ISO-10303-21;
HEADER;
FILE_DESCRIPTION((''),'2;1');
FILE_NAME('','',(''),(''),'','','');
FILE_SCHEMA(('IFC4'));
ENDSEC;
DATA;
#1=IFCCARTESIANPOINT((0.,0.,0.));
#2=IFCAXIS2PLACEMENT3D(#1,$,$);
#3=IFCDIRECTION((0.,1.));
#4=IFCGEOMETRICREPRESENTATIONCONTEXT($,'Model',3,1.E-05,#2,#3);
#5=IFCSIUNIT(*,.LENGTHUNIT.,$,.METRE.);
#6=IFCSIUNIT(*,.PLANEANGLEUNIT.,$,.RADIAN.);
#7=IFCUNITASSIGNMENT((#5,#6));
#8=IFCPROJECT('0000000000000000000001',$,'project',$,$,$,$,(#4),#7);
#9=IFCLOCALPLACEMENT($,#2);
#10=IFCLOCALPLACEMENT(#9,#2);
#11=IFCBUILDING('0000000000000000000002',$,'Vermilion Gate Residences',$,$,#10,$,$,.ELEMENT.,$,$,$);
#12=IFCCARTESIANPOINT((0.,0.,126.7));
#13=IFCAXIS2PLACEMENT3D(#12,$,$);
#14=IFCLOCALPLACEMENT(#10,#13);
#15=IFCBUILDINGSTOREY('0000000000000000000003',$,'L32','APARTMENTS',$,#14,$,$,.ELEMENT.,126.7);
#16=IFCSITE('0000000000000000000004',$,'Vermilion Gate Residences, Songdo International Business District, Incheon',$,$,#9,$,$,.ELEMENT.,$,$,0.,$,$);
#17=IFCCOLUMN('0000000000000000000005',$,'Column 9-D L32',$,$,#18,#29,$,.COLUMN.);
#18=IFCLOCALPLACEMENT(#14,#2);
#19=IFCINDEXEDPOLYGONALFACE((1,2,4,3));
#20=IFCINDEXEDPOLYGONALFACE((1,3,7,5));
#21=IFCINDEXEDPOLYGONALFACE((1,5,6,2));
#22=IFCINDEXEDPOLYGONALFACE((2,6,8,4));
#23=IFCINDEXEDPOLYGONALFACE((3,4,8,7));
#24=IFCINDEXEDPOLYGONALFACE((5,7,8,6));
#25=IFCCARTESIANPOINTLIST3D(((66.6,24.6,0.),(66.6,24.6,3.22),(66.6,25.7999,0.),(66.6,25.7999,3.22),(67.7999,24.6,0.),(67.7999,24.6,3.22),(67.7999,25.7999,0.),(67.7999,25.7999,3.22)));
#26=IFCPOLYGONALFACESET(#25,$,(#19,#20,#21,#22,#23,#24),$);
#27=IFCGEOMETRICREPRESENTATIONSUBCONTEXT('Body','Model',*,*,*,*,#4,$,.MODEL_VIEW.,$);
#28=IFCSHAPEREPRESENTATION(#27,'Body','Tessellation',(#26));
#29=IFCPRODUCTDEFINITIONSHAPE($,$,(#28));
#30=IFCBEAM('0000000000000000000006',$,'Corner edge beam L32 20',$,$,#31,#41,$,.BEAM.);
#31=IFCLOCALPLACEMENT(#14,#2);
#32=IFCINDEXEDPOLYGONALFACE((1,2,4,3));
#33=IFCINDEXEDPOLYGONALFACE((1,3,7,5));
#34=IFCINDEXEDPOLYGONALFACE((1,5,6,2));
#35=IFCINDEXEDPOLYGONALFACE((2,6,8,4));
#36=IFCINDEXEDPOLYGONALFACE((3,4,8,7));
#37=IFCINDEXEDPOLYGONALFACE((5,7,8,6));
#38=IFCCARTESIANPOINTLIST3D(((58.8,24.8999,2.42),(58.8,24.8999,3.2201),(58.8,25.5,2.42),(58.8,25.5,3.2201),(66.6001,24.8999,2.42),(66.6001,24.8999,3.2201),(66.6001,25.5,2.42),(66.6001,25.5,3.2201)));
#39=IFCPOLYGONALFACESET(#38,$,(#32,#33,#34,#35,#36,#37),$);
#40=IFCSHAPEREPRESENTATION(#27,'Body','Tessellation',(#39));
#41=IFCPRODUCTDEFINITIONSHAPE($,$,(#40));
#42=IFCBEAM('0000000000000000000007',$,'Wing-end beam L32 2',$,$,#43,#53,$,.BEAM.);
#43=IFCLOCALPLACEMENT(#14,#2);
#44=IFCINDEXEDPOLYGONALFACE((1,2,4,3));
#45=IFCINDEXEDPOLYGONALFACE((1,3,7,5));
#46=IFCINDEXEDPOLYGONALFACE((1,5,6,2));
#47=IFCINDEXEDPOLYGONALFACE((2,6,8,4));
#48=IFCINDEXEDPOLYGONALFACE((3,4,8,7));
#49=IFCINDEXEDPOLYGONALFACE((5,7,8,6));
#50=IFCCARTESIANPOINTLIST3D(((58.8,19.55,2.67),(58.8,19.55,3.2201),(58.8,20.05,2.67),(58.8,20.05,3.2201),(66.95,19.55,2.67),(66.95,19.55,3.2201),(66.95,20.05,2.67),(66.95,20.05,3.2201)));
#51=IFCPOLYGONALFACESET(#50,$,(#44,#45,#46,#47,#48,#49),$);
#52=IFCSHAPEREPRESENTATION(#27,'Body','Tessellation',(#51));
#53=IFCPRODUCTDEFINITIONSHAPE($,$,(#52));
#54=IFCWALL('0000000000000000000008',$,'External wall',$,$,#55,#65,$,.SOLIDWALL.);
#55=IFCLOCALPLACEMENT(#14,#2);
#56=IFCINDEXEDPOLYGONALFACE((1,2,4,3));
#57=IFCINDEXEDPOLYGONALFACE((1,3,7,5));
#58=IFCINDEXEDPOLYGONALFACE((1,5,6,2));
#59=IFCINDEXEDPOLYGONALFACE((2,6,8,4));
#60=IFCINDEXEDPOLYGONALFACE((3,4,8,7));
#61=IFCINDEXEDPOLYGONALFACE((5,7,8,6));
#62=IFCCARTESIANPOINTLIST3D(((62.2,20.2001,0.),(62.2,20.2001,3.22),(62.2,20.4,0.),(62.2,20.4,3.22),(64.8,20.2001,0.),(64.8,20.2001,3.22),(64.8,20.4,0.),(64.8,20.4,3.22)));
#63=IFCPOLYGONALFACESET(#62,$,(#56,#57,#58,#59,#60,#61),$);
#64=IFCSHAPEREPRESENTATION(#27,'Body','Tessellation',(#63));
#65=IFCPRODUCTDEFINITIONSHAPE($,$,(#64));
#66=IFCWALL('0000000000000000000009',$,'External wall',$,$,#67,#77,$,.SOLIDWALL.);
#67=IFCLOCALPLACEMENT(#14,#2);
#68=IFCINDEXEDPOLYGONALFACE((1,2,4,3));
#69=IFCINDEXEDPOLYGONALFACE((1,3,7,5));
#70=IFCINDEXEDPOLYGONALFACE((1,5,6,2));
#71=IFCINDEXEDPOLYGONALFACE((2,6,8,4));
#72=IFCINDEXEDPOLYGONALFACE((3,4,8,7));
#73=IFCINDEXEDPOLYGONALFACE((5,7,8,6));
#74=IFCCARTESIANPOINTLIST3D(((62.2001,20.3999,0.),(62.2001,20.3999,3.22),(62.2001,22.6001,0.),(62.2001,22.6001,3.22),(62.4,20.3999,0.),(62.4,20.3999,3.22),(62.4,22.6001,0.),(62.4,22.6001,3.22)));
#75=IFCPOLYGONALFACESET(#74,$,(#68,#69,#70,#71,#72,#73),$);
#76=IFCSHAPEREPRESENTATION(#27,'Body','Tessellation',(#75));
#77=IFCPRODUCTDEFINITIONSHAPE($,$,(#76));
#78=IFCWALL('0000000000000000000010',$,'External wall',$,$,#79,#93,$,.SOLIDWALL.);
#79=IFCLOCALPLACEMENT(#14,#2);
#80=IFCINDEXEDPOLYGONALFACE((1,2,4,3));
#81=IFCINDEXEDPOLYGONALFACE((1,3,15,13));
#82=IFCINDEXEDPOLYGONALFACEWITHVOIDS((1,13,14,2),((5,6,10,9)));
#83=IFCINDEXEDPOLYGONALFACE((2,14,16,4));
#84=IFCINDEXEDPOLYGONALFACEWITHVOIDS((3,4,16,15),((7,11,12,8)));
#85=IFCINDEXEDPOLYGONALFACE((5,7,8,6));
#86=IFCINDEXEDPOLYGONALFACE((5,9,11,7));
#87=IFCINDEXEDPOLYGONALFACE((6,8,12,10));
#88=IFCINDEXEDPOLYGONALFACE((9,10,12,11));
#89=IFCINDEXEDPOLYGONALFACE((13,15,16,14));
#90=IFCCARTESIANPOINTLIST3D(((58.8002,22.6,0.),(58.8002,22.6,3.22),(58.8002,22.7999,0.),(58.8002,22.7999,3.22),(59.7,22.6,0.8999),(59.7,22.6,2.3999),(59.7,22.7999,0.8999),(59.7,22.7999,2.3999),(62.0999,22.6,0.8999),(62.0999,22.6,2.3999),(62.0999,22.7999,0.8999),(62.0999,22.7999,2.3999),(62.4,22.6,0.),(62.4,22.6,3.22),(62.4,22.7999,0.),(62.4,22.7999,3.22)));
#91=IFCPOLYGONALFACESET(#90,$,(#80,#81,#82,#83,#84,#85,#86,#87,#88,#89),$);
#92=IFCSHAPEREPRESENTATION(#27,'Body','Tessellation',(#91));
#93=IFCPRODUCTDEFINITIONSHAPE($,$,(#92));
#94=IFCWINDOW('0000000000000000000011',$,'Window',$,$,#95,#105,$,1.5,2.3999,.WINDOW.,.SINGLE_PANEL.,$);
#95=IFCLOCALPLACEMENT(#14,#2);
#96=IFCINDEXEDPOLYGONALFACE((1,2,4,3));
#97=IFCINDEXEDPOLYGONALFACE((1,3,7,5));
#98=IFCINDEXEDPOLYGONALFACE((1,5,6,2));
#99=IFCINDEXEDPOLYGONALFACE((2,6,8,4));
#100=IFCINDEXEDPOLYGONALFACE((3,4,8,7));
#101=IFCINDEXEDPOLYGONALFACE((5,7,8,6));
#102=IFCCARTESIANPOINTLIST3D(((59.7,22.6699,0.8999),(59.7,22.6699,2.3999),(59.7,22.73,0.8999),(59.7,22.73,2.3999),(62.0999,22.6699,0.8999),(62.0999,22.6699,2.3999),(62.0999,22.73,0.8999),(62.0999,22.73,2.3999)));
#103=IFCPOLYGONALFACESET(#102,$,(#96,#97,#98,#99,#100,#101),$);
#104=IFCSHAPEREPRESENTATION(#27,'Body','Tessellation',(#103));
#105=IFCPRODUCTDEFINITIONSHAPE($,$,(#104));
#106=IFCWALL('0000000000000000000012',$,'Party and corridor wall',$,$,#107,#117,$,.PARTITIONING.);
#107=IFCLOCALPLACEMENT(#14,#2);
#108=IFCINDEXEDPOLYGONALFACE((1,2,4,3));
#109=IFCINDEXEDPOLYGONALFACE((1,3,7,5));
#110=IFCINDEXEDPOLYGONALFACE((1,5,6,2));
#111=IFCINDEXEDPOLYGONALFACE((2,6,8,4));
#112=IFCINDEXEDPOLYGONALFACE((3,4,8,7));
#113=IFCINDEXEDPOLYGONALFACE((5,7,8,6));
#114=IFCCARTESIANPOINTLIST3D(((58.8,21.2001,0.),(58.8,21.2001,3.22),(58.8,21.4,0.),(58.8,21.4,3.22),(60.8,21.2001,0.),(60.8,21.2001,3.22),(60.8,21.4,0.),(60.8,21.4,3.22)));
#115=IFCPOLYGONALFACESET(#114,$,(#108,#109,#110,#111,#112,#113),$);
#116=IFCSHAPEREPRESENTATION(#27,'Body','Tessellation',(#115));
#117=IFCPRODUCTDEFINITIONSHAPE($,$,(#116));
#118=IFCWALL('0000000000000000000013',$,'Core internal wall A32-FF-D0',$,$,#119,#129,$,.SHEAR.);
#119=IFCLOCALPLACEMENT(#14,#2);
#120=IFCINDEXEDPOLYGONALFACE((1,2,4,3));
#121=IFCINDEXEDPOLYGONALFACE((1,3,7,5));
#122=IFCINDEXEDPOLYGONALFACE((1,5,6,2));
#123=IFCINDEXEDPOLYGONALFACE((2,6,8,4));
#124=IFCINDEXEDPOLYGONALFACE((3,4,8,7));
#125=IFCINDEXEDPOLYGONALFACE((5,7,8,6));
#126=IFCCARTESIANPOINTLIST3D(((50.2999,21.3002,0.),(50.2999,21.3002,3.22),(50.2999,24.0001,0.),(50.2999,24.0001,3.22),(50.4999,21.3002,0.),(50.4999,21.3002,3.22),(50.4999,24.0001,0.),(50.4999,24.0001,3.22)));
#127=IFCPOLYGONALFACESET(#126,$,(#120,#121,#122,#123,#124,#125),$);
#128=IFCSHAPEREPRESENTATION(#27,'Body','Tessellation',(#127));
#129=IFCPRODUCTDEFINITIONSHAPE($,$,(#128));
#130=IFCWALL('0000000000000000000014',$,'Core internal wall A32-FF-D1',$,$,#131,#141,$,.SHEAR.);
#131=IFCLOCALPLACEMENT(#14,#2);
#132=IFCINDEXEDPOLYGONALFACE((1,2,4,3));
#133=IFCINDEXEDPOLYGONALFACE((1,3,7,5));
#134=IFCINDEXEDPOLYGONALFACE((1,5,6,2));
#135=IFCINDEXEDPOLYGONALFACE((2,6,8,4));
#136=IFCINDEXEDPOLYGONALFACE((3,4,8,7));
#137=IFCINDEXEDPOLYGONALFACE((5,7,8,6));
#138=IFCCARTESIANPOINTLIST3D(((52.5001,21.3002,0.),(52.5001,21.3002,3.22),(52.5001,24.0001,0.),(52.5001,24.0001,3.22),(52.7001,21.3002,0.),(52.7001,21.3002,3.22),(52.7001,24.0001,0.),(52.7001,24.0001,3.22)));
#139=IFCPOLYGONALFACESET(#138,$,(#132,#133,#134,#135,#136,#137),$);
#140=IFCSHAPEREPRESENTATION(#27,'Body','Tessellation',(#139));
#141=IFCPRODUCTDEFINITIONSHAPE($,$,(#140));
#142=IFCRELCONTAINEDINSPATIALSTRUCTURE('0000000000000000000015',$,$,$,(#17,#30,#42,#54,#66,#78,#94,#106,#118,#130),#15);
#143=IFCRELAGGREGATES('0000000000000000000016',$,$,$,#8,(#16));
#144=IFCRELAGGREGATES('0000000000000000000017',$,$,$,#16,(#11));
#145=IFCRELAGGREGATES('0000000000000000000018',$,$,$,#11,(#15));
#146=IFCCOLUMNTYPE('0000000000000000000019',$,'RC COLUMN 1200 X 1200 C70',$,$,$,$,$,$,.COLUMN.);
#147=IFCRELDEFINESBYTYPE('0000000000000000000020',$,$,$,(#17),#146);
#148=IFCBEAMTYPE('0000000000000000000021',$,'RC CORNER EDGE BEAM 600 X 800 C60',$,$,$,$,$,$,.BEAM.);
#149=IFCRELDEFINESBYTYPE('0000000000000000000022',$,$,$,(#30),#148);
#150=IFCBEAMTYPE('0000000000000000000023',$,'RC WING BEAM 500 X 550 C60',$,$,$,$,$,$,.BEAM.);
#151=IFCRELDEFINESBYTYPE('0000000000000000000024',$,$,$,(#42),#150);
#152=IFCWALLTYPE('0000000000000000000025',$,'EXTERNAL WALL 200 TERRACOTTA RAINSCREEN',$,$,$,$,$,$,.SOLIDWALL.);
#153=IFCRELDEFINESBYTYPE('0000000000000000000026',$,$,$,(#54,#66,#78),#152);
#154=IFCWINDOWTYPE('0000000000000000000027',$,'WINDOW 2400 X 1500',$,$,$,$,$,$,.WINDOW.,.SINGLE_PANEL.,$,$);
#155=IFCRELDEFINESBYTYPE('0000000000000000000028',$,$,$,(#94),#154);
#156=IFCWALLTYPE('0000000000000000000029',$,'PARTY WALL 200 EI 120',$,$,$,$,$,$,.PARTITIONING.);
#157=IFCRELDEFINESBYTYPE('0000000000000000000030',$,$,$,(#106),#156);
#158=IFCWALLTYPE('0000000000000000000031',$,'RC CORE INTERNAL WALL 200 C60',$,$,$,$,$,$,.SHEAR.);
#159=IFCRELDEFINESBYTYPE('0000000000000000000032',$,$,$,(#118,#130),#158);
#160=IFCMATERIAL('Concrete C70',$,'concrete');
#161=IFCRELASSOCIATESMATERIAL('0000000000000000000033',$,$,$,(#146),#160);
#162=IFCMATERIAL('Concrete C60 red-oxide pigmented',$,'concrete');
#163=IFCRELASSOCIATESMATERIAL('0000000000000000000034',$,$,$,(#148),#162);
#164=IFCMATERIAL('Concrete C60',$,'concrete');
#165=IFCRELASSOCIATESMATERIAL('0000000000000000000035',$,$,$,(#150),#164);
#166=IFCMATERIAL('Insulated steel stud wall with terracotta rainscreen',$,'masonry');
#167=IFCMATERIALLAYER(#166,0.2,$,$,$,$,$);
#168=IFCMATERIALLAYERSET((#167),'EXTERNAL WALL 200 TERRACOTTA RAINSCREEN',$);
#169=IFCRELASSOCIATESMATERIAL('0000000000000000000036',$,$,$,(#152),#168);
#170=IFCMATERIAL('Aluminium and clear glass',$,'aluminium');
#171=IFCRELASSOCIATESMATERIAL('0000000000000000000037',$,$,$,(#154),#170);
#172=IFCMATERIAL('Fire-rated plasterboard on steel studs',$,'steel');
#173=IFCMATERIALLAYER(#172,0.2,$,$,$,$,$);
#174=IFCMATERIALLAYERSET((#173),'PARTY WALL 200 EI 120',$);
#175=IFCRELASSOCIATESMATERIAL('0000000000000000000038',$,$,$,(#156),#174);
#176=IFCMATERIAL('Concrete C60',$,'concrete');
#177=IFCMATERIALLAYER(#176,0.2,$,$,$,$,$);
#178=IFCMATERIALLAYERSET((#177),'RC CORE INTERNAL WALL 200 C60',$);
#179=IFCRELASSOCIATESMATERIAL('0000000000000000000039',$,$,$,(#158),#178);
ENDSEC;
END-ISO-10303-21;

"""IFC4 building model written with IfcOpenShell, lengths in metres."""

from ifc_helpers import new_model, si_unit, direction, frame, frame_2d, origin, origin_2d, place, context, subcontext, project, spatial, rectangle, extrude, material, layer, layer_set, material_profile, profile_set, type_object, element, fill, save


model = new_model("IFC4")

# Units and contexts
model_context = context("Model", 3, precision=1e-05, world=origin(), true_north=direction((0.0, 1.0)))
body_context = subcontext(model_context, "Body", "Model", "MODEL_VIEW")
ifc_project = project(units=[si_unit("LENGTHUNIT", "METRE"), si_unit("PLANEANGLEUNIT", "RADIAN")], contexts=[model_context])

# Site, building, storey
site_placement = place(None, origin())
site = spatial("IfcSite", under=ifc_project, at=site_placement, Name="Vermilion Gate Residences, Songdo International Business District, Incheon", CompositionType="ELEMENT", RefElevation=0.0)
building_placement = place(site_placement, origin())
building = spatial("IfcBuilding", under=site, at=building_placement, Name="Vermilion Gate Residences", CompositionType="ELEMENT")
storey_placement = place(building_placement, frame((0.0, 0.0, 126.7)))
storey = spatial("IfcBuildingStorey", under=building, at=storey_placement, Name="L32", Description="APARTMENTS", CompositionType="ELEMENT", Elevation=126.7)

# Column
ifc_material_1 = material(Name="Concrete C70", Category="concrete")
ifc_material_profile_1 = material_profile(ifc_material_1, rectangle(XDim=1.2, YDim=1.2, at=origin_2d()), Name="RC-1200x1200")
ifc_profile_set_1 = profile_set([ifc_material_profile_1], Name="Concrete C70")
column_type = type_object("IfcColumnType", Name="RC COLUMN 1200 X 1200 C70", PredefinedType="COLUMN", material=ifc_profile_set_1)
column_placement = place(storey_placement, frame((67.2, 25.2, 0.0), z_axis=(0.0, 0.0, 1.0), x_axis=(1.0, 0.0, 0.0)))
element("IfcColumn", 1, at=column_placement, inside=storey, type_object=column_type, Name="Column 9-D L32", PredefinedType="COLUMN", context=body_context, shape_type="SweptSolid", body=[
    extrude(rectangle(XDim=1.2, YDim=1.2, at=origin_2d()), origin(), (0.0, 0.0, 1.0), 3.22),
])

# Beams
ifc_material_2 = material(Name="Concrete C60 red-oxide pigmented", Category="concrete")
ifc_material_profile_2 = material_profile(ifc_material_2, rectangle(XDim=0.6001, YDim=0.8, at=origin_2d()), Name="RC-600x800")
ifc_profile_set_2 = profile_set([ifc_material_profile_2], Name="Concrete C60 red-oxide pigmented")
beam_type_1 = type_object("IfcBeamType", Name="RC CORNER EDGE BEAM 600 X 800 C60", PredefinedType="BEAM", material=ifc_profile_set_2)
beam_1_placement = place(storey_placement, frame((58.8, 25.2, 2.8201), z_axis=(1.0, 0.0, 0.0), x_axis=(0.0, 1.0, 0.0)))
element("IfcBeam", 2, at=beam_1_placement, inside=storey, type_object=beam_type_1, Name="Corner edge beam L32 20", PredefinedType="BEAM", context=body_context, shape_type="SweptSolid", body=[
    extrude(rectangle(XDim=0.6001, YDim=0.8, at=origin_2d()), origin(), (0.0, 0.0, 1.0), 7.8),
])
ifc_material_3 = material(Name="Concrete C60", Category="concrete")
ifc_material_profile_3 = material_profile(ifc_material_3, rectangle(XDim=0.5, YDim=0.55, at=origin_2d()), Name="RC-500x550")
ifc_profile_set_3 = profile_set([ifc_material_profile_3], Name="Concrete C60")
beam_type_2 = type_object("IfcBeamType", Name="RC WING BEAM 500 X 550 C60", PredefinedType="BEAM", material=ifc_profile_set_3)
beam_2_placement = place(storey_placement, frame((58.8, 19.8, 2.9451), z_axis=(1.0, 0.0, 0.0), x_axis=(0.0, 1.0, 0.0)))
element("IfcBeam", 3, at=beam_2_placement, inside=storey, type_object=beam_type_2, Name="Wing-end beam L32 2", PredefinedType="BEAM", context=body_context, shape_type="SweptSolid", body=[
    extrude(rectangle(XDim=0.5, YDim=0.55, at=origin_2d()), origin(), (0.0, 0.0, 1.0), 8.1499),
])

# Walls
ifc_material_4 = material(Name="Insulated steel stud wall with terracotta rainscreen", Category="masonry")
ifc_layer_1 = layer(ifc_material_4, 0.2)
ifc_layer_set_1 = layer_set([ifc_layer_1], Name="EXTERNAL WALL 200 TERRACOTTA RAINSCREEN")
wall_type_1 = type_object("IfcWallType", Name="EXTERNAL WALL 200 TERRACOTTA RAINSCREEN", PredefinedType="SOLIDWALL", material=ifc_layer_set_1)
wall_1_placement = place(storey_placement, frame((64.8, 20.3, 0.0), z_axis=(0.0, 0.0, 1.0), x_axis=(-1.0, 0.0, 0.0)))
element("IfcWall", 4, at=wall_1_placement, inside=storey, type_object=wall_type_1, Name="External wall", PredefinedType="SOLIDWALL", context=body_context, shape_type="SweptSolid", body=[
    extrude(rectangle(XDim=2.6001, YDim=0.2, at=frame_2d((1.3, 0.0))), origin(), (0.0, 0.0, 1.0), 3.22),
])
wall_2_placement = place(storey_placement, frame((62.3, 20.3999, 0.0), z_axis=(0.0, 0.0, 1.0), x_axis=(0.0, 1.0, 0.0)))
element("IfcWall", 5, at=wall_2_placement, inside=storey, type_object=wall_type_1, Name="External wall", PredefinedType="SOLIDWALL", context=body_context, shape_type="SweptSolid", body=[
    extrude(rectangle(XDim=2.2002, YDim=0.2, at=frame_2d((1.1001, 0.0))), origin(), (0.0, 0.0, 1.0), 3.22),
])

# Wall, opening, window
wall_3_placement = place(storey_placement, frame((62.3999, 22.7, 0.0), z_axis=(0.0, 0.0, 1.0), x_axis=(-1.0, 0.0, 0.0)))
wall_3 = element("IfcWall", 6, at=wall_3_placement, inside=storey, type_object=wall_type_1, Name="External wall", PredefinedType="SOLIDWALL", context=body_context, shape_type="SweptSolid", body=[
    extrude(rectangle(XDim=3.5999, YDim=0.2, at=frame_2d((1.7998, 0.0))), origin(), (0.0, 0.0, 1.0), 3.22),
])
opening_1_placement = place(wall_3_placement, frame((0.3, 0.0, 0.8999)))
opening_1 = element("IfcOpeningElement", 7, at=opening_1_placement, cuts=wall_3, PredefinedType="OPENING", context=body_context, shape_type="SweptSolid", body=[
    extrude(rectangle(XDim=2.3999, YDim=1.5, at=frame_2d((1.2, 0.75))), frame((0.0, 0.1099, 0.0), z_axis=(0.0, -1.0, 0.0), x_axis=(1.0, 0.0, 0.0)), (0.0, 0.0, 1.0), 0.22),
])
ifc_material_5 = material(Name="Aluminium and clear glass", Category="aluminium")
window_type_1 = type_object("IfcWindowType", Name="WINDOW 2400 X 1500", PartitioningType="SINGLE_PANEL", PredefinedType="WINDOW", material=ifc_material_5)
window_1_placement = place(opening_1_placement, origin())
window_1 = element("IfcWindow", 8, at=window_1_placement, inside=storey, type_object=window_type_1, Name="Window", OverallHeight=1.5, OverallWidth=2.3999, PartitioningType="SINGLE_PANEL", PredefinedType="WINDOW", context=body_context, shape_type="SweptSolid", body=[
    extrude(rectangle(XDim=2.3999, YDim=1.5, at=frame_2d((1.2, 0.75))), frame((0.0, 0.03, 0.0), z_axis=(0.0, -1.0, 0.0), x_axis=(1.0, 0.0, 0.0)), (0.0, 0.0, 1.0), 0.0601),
])
fill(opening_1, window_1)

# Walls
ifc_material_6 = material(Name="Fire-rated plasterboard on steel studs", Category="steel")
ifc_layer_2 = layer(ifc_material_6, 0.2)
ifc_layer_set_2 = layer_set([ifc_layer_2], Name="PARTY WALL 200 EI 120")
wall_type_2 = type_object("IfcWallType", Name="PARTY WALL 200 EI 120", PredefinedType="PARTITIONING", material=ifc_layer_set_2)
wall_4_placement = place(storey_placement, frame((58.8, 21.3, 0.0), z_axis=(0.0, 0.0, 1.0), x_axis=(1.0, 0.0, 0.0)))
element("IfcWall", 9, at=wall_4_placement, inside=storey, type_object=wall_type_2, Name="Party and corridor wall", PredefinedType="PARTITIONING", context=body_context, shape_type="SweptSolid", body=[
    extrude(rectangle(XDim=2.0, YDim=0.2, at=frame_2d((1.0, 0.0))), origin(), (0.0, 0.0, 1.0), 3.22),
])
ifc_material_7 = material(Name="Concrete C60", Category="concrete")
ifc_layer_3 = layer(ifc_material_7, 0.2)
ifc_layer_set_3 = layer_set([ifc_layer_3], Name="RC CORE INTERNAL WALL 200 C60")
wall_type_3 = type_object("IfcWallType", Name="RC CORE INTERNAL WALL 200 C60", PredefinedType="SHEAR", material=ifc_layer_set_3)
for number, where, z_axis, x_axis, name in (
    (10, (50.3999, 21.3, 0.0), (0.0, 0.0, 1.0), (0.0, 1.0, 0.0), "Core internal wall A32-FF-D0"),
    (11, (52.6001, 21.3, 0.0), (0.0, 0.0, 1.0), (0.0, 1.0, 0.0), "Core internal wall A32-FF-D1"),
):
    element("IfcWall", number, at=place(storey_placement, frame(where, z_axis=z_axis, x_axis=x_axis)), inside=storey, type_object=wall_type_3, Name=name, PredefinedType="SHEAR", context=body_context, shape_type="SweptSolid", body=[
        extrude(rectangle(XDim=2.7, YDim=0.2, at=frame_2d((1.3501, 0.0))), origin(), (0.0, 0.0, 1.0), 3.22),
    ])

save(model, "model.ifc")
